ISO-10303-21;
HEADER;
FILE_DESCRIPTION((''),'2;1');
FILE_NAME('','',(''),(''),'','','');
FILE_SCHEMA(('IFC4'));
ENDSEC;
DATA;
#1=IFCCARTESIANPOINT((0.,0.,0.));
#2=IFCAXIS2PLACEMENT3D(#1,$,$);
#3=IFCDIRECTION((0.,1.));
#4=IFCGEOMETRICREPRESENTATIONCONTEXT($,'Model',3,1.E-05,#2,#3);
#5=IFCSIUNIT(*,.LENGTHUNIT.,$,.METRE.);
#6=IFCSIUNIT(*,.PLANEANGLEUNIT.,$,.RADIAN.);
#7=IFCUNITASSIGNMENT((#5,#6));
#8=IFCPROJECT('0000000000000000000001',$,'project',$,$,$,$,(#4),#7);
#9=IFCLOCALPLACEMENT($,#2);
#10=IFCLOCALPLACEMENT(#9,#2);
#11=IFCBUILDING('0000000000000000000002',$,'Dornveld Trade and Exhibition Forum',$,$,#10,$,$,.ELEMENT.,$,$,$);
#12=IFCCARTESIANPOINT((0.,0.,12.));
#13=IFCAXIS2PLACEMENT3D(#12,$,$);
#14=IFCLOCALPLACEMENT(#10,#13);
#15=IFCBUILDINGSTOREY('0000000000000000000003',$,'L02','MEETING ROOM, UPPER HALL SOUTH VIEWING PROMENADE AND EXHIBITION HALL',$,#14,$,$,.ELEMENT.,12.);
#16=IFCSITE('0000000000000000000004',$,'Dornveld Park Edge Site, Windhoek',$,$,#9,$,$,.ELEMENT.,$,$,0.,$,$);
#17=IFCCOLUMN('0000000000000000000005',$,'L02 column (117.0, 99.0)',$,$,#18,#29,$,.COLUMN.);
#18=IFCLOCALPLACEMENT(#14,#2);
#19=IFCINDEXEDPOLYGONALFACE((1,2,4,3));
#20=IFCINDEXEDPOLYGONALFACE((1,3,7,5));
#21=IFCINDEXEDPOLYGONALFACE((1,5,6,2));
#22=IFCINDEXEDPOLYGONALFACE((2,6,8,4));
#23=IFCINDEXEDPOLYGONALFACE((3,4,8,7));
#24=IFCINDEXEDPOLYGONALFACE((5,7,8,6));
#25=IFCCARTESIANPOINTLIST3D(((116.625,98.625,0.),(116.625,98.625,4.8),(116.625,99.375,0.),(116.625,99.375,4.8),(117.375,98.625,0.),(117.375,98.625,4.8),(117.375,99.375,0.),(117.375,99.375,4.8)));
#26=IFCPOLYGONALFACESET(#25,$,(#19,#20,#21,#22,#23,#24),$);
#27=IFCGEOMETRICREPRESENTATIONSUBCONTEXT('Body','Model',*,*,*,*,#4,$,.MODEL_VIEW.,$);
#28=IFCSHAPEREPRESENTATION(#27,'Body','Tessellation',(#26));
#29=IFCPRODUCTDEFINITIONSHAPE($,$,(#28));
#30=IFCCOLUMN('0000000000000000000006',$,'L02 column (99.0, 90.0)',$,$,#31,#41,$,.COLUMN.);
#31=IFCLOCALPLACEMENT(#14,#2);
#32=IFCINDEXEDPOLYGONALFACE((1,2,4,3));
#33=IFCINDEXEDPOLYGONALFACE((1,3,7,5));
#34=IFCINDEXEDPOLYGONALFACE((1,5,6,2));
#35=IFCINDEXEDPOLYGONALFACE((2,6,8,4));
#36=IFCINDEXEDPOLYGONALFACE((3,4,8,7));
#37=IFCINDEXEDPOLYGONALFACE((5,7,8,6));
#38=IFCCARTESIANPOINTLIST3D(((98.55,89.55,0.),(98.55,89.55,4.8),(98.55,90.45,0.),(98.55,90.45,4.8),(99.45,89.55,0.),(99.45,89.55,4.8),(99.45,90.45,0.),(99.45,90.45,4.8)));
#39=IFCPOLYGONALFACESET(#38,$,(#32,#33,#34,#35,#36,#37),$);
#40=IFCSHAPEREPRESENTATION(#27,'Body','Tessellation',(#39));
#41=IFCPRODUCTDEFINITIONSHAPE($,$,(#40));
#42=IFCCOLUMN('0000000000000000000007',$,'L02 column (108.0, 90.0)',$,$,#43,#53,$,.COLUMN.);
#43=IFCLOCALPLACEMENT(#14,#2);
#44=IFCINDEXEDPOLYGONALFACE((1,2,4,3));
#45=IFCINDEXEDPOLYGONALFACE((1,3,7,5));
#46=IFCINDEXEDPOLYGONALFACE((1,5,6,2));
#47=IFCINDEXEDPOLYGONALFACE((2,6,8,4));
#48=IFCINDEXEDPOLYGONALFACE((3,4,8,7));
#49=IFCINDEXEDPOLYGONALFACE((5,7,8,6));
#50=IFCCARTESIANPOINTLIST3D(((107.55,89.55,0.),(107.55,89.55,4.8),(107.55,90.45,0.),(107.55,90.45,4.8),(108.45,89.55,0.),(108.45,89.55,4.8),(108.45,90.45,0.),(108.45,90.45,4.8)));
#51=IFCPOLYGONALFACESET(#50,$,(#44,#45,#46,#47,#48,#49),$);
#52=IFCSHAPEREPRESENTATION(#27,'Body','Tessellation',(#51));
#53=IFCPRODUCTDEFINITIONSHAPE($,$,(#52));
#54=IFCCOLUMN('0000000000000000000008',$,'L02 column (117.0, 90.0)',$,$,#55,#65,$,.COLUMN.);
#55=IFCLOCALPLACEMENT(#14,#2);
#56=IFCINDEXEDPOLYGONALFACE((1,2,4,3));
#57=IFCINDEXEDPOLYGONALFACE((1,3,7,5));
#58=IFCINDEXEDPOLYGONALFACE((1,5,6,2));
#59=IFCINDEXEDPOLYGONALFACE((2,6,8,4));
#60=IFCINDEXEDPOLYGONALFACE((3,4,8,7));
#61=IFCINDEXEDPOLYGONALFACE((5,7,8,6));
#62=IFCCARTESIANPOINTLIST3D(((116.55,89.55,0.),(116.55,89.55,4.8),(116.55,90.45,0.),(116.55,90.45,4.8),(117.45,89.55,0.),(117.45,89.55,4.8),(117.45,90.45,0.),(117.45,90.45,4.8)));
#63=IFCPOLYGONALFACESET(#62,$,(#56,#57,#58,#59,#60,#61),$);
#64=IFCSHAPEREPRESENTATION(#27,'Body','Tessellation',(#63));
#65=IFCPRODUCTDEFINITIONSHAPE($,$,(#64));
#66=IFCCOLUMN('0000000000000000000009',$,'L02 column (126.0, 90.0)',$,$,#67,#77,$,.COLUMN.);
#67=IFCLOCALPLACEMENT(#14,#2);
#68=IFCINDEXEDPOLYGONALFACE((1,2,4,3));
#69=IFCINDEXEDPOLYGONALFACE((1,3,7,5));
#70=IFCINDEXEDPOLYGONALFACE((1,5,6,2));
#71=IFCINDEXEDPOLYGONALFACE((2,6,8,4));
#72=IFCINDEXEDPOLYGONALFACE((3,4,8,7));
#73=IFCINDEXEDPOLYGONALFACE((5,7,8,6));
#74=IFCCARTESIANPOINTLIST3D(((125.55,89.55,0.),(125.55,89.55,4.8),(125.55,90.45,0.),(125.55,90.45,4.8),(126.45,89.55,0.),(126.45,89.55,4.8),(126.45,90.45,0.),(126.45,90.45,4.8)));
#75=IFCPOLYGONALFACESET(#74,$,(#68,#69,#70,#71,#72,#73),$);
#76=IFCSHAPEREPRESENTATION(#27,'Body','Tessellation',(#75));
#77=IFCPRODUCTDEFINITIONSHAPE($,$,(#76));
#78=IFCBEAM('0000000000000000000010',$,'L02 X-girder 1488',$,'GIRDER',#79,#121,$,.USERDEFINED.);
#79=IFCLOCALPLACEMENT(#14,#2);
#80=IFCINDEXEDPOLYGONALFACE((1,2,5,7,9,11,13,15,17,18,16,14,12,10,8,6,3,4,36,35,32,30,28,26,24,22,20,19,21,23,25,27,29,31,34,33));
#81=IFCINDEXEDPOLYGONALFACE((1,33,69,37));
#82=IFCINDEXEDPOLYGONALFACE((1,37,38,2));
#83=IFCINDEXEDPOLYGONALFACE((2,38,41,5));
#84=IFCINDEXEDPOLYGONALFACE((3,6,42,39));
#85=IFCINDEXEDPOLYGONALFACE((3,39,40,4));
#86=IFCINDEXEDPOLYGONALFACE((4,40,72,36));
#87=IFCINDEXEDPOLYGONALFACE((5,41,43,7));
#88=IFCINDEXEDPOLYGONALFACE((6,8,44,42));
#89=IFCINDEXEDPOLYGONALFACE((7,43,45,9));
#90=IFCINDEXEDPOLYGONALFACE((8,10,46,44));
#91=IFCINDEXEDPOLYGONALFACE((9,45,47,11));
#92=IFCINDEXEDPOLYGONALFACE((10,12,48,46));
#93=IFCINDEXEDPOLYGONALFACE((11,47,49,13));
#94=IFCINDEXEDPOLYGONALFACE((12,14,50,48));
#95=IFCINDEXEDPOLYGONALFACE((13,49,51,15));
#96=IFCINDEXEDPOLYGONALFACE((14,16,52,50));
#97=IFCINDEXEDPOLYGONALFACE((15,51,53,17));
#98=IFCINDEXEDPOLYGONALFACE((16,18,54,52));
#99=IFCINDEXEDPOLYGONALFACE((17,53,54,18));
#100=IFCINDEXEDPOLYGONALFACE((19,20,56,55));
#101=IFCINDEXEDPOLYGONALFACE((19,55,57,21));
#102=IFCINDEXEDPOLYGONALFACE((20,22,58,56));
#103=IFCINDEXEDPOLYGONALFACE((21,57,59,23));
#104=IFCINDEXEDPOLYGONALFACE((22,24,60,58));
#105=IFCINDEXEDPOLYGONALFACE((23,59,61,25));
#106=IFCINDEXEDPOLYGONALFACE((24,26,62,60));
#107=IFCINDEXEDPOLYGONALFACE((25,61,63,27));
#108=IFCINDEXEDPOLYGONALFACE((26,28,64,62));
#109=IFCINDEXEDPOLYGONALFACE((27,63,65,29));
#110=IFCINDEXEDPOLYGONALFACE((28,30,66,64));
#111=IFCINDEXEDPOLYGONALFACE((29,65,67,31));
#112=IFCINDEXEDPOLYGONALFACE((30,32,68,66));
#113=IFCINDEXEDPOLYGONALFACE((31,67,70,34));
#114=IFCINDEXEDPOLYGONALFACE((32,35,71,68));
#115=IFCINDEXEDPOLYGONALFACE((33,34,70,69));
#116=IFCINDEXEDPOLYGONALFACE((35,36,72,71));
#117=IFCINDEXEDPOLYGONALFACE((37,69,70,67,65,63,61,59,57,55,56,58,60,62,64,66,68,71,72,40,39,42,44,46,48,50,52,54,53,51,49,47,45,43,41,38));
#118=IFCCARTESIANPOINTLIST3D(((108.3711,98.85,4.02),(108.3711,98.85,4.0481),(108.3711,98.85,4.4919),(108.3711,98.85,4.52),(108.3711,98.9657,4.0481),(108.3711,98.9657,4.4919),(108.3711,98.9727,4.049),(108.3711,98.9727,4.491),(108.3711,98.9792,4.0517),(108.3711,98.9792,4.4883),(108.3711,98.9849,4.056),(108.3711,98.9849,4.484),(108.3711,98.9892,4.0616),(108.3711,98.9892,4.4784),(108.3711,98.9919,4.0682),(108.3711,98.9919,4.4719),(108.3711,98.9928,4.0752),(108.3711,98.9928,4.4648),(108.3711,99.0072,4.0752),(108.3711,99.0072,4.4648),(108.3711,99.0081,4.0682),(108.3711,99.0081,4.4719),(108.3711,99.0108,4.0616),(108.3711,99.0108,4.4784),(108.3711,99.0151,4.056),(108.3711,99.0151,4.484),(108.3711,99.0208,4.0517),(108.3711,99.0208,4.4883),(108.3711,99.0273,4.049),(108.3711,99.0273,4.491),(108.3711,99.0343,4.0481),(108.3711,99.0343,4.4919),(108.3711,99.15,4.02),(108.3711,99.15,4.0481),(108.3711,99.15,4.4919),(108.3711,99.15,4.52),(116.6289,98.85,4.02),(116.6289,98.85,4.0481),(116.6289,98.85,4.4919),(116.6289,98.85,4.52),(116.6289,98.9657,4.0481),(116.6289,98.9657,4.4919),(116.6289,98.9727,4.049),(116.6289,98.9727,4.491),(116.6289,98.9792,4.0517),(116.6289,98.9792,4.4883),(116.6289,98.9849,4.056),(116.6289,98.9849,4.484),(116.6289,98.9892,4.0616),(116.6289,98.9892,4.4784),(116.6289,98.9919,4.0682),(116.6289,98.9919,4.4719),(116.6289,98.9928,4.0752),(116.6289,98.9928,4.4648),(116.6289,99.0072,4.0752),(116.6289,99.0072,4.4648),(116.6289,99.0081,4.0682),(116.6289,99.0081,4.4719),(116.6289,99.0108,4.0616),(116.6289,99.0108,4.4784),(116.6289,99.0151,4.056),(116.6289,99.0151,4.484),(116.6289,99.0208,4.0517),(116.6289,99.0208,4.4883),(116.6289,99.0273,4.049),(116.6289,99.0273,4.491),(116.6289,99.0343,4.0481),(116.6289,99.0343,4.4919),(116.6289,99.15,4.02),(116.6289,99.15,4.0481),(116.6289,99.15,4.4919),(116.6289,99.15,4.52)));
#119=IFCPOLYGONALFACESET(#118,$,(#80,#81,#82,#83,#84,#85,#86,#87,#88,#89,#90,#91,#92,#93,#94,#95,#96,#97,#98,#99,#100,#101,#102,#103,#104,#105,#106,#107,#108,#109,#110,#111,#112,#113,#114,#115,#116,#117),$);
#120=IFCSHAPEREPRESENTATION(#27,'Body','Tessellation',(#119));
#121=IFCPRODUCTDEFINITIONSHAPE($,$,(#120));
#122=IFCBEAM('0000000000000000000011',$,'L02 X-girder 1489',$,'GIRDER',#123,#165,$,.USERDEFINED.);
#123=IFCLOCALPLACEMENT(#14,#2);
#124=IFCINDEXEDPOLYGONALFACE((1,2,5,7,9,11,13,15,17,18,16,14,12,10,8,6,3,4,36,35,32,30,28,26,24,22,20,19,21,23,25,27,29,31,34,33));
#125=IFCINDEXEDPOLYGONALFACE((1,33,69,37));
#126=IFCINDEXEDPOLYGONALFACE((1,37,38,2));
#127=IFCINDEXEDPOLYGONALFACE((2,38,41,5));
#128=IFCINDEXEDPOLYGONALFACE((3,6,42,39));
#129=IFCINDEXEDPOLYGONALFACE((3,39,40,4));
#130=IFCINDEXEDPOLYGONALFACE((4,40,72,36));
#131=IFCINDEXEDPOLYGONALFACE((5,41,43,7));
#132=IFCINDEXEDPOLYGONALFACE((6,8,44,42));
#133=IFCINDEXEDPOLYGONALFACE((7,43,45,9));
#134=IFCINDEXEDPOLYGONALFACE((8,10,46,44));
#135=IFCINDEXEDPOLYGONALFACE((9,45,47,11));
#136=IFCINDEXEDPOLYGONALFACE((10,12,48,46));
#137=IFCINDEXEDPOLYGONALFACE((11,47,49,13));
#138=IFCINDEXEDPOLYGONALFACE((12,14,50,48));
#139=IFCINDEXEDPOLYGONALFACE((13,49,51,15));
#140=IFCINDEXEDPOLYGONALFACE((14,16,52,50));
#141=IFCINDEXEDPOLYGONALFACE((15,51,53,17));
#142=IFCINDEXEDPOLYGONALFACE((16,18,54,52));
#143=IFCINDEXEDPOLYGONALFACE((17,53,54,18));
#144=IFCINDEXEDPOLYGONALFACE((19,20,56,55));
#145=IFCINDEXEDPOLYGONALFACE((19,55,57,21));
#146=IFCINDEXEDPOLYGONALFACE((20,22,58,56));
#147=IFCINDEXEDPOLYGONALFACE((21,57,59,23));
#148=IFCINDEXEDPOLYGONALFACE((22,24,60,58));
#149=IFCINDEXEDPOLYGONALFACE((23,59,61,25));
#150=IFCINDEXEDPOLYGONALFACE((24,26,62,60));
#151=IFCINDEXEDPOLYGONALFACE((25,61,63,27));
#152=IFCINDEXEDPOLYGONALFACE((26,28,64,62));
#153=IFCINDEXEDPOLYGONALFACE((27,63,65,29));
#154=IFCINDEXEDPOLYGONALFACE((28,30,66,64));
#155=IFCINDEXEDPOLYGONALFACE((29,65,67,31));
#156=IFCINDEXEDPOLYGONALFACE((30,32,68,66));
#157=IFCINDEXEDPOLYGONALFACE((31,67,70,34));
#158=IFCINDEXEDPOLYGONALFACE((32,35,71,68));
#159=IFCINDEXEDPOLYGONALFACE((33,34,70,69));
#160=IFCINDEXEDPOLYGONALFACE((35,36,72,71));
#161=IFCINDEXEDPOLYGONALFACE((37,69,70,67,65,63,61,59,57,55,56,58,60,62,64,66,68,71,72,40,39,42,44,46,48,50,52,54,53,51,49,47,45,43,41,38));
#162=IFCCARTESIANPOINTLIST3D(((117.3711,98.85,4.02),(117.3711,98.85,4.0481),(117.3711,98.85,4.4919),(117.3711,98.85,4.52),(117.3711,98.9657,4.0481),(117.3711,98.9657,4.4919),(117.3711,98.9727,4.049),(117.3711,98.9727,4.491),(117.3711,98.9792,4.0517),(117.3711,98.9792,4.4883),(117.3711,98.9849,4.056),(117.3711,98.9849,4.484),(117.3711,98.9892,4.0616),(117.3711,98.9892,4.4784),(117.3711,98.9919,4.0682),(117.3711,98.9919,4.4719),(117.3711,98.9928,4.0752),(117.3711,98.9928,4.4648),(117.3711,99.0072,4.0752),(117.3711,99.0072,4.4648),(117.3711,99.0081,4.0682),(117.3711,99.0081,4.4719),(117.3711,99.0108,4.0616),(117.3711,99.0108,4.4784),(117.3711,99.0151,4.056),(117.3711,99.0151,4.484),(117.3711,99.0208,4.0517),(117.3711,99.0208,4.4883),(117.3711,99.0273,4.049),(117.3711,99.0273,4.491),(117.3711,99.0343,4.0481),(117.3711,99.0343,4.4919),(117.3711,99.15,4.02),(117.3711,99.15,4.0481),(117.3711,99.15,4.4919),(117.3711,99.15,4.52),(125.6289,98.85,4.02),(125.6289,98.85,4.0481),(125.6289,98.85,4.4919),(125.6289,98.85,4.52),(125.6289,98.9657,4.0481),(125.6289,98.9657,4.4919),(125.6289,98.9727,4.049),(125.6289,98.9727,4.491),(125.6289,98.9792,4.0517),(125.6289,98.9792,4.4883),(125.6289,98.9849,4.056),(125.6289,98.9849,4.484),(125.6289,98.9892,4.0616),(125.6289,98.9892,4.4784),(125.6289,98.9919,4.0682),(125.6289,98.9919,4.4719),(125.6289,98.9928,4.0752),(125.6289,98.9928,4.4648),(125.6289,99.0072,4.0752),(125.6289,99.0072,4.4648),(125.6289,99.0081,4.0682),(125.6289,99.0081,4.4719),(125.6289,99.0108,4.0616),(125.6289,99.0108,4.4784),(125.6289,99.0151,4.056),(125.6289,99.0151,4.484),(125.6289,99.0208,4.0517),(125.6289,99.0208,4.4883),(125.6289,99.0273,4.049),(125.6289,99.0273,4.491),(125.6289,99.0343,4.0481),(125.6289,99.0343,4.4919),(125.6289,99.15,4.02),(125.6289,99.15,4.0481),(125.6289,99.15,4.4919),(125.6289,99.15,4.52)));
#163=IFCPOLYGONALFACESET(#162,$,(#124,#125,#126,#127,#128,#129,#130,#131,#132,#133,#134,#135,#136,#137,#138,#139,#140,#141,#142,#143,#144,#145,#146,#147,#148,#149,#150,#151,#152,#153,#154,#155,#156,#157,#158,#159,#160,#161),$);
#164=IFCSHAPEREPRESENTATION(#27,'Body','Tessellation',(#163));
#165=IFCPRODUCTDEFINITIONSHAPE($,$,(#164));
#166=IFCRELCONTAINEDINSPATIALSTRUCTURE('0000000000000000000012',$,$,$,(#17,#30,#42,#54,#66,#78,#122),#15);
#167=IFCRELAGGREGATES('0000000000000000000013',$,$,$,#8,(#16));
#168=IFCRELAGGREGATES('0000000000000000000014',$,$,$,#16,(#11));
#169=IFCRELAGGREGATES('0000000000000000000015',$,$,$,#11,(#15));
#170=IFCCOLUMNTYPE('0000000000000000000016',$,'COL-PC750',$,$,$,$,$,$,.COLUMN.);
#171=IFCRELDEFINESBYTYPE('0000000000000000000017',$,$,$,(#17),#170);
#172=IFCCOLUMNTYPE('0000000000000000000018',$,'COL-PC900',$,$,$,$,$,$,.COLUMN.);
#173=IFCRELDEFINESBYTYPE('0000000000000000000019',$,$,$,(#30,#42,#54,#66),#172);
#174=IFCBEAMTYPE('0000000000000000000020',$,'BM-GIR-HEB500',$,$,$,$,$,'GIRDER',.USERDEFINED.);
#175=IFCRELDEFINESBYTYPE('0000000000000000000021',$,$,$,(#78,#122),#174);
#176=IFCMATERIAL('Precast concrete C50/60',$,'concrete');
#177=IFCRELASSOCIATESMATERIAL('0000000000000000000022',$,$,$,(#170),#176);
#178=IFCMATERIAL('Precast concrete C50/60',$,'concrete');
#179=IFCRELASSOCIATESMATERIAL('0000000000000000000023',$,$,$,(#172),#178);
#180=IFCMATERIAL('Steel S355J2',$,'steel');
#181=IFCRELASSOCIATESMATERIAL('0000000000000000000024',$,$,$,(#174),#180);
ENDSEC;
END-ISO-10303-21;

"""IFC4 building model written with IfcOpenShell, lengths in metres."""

from ifc_helpers import new_model, si_unit, direction, frame, origin, origin_2d, place, context, subcontext, project, spatial, rectangle, i_section, extrude, material, material_profile, profile_set, type_object, element, save


model = new_model("IFC4")

# Units and contexts
model_context = context("Model", 3, precision=1e-05, world=origin(), true_north=direction((0.0, 1.0)))
body_context = subcontext(model_context, "Body", "Model", "MODEL_VIEW")
ifc_project = project(units=[si_unit("LENGTHUNIT", "METRE"), si_unit("PLANEANGLEUNIT", "RADIAN")], contexts=[model_context])

# Site, building, storey
site_placement = place(None, origin())
site = spatial("IfcSite", under=ifc_project, at=site_placement, Name="Dornveld Park Edge Site, Windhoek", CompositionType="ELEMENT", RefElevation=0.0)
building_placement = place(site_placement, origin())
building = spatial("IfcBuilding", under=site, at=building_placement, Name="Dornveld Trade and Exhibition Forum", CompositionType="ELEMENT")
storey_placement = place(building_placement, frame((0.0, 0.0, 12.0)))
storey = spatial("IfcBuildingStorey", under=building, at=storey_placement, Name="L02", Description="MEETING ROOM, UPPER HALL SOUTH VIEWING PROMENADE AND EXHIBITION HALL", CompositionType="ELEMENT", Elevation=12.0)

# Columns
ifc_material_1 = material(Name="Precast concrete C50/60", Category="concrete")
ifc_material_profile_1 = material_profile(ifc_material_1, rectangle(XDim=0.75, YDim=0.75, at=origin_2d()), Name="PC-COL 750x750")
ifc_profile_set_1 = profile_set([ifc_material_profile_1], Name="Precast concrete C50/60")
column_type_1 = type_object("IfcColumnType", Name="COL-PC750", PredefinedType="COLUMN", material=ifc_profile_set_1)
for number, where, z_axis, x_axis, name in (
    (1, (117.0, 99.0, 0.0), (0.0, 0.0, 1.0), (1.0, 0.0, 0.0), "L02 column (117.0, 99.0)"),
):
    element("IfcColumn", number, at=place(storey_placement, frame(where, z_axis=z_axis, x_axis=x_axis)), inside=storey, type_object=column_type_1, Name=name, PredefinedType="COLUMN", context=body_context, shape_type="SweptSolid", body=[
        extrude(rectangle(XDim=0.75, YDim=0.75, at=origin_2d()), origin(), (0.0, 0.0, 1.0), 4.8),
    ])
ifc_material_2 = material(Name="Precast concrete C50/60", Category="concrete")
ifc_material_profile_2 = material_profile(ifc_material_2, rectangle(XDim=0.8999, YDim=0.8999, at=origin_2d()), Name="PC-COL 900x900")
ifc_profile_set_2 = profile_set([ifc_material_profile_2], Name="Precast concrete C50/60")
column_type_2 = type_object("IfcColumnType", Name="COL-PC900", PredefinedType="COLUMN", material=ifc_profile_set_2)
for number, where, z_axis, x_axis, name in (
    (2, (99.0, 90.0, 0.0), (0.0, 0.0, 1.0), (1.0, 0.0, 0.0), "L02 column (99.0, 90.0)"),
    (3, (108.0, 90.0, 0.0), (0.0, 0.0, 1.0), (1.0, 0.0, 0.0), "L02 column (108.0, 90.0)"),
    (4, (117.0, 90.0, 0.0), (0.0, 0.0, 1.0), (1.0, 0.0, 0.0), "L02 column (117.0, 90.0)"),
    (5, (126.0, 90.0, 0.0), (0.0, 0.0, 1.0), (1.0, 0.0, 0.0), "L02 column (126.0, 90.0)"),
):
    element("IfcColumn", number, at=place(storey_placement, frame(where, z_axis=z_axis, x_axis=x_axis)), inside=storey, type_object=column_type_2, Name=name, PredefinedType="COLUMN", context=body_context, shape_type="SweptSolid", body=[
        extrude(rectangle(XDim=0.8999, YDim=0.8999, at=origin_2d()), origin(), (0.0, 0.0, 1.0), 4.8),
    ])

# Beams
ifc_material_3 = material(Name="Steel S355J2", Category="steel")
ifc_material_profile_3 = material_profile(ifc_material_3, i_section(OverallWidth=0.3, OverallDepth=0.5, WebThickness=0.0144, FlangeThickness=0.0281, FilletRadius=0.0271, at=origin_2d()), Name="HEB 500")
ifc_profile_set_3 = profile_set([ifc_material_profile_3], Name="Steel S355J2")
beam_type_1 = type_object("IfcBeamType", Name="BM-GIR-HEB500", ElementType="GIRDER", PredefinedType="USERDEFINED", material=ifc_profile_set_3)
for number, where, z_axis, x_axis, name in (
    (6, (108.3711, 99.0, 4.27), (1.0, 0.0, 0.0), (0.0, 1.0, 0.0), "L02 X-girder 1488"),
    (7, (117.3711, 99.0, 4.27), (1.0, 0.0, 0.0), (0.0, 1.0, 0.0), "L02 X-girder 1489"),
):
    element("IfcBeam", number, at=place(storey_placement, frame(where, z_axis=z_axis, x_axis=x_axis)), inside=storey, type_object=beam_type_1, Name=name, ObjectType="GIRDER", PredefinedType="USERDEFINED", context=body_context, shape_type="SweptSolid", body=[
        extrude(i_section(OverallWidth=0.3, OverallDepth=0.5, WebThickness=0.0144, FlangeThickness=0.0281, FilletRadius=0.0271, at=origin_2d()), origin(), (0.0, 0.0, 1.0), 8.2578),
    ])

save(model, "model.ifc")
